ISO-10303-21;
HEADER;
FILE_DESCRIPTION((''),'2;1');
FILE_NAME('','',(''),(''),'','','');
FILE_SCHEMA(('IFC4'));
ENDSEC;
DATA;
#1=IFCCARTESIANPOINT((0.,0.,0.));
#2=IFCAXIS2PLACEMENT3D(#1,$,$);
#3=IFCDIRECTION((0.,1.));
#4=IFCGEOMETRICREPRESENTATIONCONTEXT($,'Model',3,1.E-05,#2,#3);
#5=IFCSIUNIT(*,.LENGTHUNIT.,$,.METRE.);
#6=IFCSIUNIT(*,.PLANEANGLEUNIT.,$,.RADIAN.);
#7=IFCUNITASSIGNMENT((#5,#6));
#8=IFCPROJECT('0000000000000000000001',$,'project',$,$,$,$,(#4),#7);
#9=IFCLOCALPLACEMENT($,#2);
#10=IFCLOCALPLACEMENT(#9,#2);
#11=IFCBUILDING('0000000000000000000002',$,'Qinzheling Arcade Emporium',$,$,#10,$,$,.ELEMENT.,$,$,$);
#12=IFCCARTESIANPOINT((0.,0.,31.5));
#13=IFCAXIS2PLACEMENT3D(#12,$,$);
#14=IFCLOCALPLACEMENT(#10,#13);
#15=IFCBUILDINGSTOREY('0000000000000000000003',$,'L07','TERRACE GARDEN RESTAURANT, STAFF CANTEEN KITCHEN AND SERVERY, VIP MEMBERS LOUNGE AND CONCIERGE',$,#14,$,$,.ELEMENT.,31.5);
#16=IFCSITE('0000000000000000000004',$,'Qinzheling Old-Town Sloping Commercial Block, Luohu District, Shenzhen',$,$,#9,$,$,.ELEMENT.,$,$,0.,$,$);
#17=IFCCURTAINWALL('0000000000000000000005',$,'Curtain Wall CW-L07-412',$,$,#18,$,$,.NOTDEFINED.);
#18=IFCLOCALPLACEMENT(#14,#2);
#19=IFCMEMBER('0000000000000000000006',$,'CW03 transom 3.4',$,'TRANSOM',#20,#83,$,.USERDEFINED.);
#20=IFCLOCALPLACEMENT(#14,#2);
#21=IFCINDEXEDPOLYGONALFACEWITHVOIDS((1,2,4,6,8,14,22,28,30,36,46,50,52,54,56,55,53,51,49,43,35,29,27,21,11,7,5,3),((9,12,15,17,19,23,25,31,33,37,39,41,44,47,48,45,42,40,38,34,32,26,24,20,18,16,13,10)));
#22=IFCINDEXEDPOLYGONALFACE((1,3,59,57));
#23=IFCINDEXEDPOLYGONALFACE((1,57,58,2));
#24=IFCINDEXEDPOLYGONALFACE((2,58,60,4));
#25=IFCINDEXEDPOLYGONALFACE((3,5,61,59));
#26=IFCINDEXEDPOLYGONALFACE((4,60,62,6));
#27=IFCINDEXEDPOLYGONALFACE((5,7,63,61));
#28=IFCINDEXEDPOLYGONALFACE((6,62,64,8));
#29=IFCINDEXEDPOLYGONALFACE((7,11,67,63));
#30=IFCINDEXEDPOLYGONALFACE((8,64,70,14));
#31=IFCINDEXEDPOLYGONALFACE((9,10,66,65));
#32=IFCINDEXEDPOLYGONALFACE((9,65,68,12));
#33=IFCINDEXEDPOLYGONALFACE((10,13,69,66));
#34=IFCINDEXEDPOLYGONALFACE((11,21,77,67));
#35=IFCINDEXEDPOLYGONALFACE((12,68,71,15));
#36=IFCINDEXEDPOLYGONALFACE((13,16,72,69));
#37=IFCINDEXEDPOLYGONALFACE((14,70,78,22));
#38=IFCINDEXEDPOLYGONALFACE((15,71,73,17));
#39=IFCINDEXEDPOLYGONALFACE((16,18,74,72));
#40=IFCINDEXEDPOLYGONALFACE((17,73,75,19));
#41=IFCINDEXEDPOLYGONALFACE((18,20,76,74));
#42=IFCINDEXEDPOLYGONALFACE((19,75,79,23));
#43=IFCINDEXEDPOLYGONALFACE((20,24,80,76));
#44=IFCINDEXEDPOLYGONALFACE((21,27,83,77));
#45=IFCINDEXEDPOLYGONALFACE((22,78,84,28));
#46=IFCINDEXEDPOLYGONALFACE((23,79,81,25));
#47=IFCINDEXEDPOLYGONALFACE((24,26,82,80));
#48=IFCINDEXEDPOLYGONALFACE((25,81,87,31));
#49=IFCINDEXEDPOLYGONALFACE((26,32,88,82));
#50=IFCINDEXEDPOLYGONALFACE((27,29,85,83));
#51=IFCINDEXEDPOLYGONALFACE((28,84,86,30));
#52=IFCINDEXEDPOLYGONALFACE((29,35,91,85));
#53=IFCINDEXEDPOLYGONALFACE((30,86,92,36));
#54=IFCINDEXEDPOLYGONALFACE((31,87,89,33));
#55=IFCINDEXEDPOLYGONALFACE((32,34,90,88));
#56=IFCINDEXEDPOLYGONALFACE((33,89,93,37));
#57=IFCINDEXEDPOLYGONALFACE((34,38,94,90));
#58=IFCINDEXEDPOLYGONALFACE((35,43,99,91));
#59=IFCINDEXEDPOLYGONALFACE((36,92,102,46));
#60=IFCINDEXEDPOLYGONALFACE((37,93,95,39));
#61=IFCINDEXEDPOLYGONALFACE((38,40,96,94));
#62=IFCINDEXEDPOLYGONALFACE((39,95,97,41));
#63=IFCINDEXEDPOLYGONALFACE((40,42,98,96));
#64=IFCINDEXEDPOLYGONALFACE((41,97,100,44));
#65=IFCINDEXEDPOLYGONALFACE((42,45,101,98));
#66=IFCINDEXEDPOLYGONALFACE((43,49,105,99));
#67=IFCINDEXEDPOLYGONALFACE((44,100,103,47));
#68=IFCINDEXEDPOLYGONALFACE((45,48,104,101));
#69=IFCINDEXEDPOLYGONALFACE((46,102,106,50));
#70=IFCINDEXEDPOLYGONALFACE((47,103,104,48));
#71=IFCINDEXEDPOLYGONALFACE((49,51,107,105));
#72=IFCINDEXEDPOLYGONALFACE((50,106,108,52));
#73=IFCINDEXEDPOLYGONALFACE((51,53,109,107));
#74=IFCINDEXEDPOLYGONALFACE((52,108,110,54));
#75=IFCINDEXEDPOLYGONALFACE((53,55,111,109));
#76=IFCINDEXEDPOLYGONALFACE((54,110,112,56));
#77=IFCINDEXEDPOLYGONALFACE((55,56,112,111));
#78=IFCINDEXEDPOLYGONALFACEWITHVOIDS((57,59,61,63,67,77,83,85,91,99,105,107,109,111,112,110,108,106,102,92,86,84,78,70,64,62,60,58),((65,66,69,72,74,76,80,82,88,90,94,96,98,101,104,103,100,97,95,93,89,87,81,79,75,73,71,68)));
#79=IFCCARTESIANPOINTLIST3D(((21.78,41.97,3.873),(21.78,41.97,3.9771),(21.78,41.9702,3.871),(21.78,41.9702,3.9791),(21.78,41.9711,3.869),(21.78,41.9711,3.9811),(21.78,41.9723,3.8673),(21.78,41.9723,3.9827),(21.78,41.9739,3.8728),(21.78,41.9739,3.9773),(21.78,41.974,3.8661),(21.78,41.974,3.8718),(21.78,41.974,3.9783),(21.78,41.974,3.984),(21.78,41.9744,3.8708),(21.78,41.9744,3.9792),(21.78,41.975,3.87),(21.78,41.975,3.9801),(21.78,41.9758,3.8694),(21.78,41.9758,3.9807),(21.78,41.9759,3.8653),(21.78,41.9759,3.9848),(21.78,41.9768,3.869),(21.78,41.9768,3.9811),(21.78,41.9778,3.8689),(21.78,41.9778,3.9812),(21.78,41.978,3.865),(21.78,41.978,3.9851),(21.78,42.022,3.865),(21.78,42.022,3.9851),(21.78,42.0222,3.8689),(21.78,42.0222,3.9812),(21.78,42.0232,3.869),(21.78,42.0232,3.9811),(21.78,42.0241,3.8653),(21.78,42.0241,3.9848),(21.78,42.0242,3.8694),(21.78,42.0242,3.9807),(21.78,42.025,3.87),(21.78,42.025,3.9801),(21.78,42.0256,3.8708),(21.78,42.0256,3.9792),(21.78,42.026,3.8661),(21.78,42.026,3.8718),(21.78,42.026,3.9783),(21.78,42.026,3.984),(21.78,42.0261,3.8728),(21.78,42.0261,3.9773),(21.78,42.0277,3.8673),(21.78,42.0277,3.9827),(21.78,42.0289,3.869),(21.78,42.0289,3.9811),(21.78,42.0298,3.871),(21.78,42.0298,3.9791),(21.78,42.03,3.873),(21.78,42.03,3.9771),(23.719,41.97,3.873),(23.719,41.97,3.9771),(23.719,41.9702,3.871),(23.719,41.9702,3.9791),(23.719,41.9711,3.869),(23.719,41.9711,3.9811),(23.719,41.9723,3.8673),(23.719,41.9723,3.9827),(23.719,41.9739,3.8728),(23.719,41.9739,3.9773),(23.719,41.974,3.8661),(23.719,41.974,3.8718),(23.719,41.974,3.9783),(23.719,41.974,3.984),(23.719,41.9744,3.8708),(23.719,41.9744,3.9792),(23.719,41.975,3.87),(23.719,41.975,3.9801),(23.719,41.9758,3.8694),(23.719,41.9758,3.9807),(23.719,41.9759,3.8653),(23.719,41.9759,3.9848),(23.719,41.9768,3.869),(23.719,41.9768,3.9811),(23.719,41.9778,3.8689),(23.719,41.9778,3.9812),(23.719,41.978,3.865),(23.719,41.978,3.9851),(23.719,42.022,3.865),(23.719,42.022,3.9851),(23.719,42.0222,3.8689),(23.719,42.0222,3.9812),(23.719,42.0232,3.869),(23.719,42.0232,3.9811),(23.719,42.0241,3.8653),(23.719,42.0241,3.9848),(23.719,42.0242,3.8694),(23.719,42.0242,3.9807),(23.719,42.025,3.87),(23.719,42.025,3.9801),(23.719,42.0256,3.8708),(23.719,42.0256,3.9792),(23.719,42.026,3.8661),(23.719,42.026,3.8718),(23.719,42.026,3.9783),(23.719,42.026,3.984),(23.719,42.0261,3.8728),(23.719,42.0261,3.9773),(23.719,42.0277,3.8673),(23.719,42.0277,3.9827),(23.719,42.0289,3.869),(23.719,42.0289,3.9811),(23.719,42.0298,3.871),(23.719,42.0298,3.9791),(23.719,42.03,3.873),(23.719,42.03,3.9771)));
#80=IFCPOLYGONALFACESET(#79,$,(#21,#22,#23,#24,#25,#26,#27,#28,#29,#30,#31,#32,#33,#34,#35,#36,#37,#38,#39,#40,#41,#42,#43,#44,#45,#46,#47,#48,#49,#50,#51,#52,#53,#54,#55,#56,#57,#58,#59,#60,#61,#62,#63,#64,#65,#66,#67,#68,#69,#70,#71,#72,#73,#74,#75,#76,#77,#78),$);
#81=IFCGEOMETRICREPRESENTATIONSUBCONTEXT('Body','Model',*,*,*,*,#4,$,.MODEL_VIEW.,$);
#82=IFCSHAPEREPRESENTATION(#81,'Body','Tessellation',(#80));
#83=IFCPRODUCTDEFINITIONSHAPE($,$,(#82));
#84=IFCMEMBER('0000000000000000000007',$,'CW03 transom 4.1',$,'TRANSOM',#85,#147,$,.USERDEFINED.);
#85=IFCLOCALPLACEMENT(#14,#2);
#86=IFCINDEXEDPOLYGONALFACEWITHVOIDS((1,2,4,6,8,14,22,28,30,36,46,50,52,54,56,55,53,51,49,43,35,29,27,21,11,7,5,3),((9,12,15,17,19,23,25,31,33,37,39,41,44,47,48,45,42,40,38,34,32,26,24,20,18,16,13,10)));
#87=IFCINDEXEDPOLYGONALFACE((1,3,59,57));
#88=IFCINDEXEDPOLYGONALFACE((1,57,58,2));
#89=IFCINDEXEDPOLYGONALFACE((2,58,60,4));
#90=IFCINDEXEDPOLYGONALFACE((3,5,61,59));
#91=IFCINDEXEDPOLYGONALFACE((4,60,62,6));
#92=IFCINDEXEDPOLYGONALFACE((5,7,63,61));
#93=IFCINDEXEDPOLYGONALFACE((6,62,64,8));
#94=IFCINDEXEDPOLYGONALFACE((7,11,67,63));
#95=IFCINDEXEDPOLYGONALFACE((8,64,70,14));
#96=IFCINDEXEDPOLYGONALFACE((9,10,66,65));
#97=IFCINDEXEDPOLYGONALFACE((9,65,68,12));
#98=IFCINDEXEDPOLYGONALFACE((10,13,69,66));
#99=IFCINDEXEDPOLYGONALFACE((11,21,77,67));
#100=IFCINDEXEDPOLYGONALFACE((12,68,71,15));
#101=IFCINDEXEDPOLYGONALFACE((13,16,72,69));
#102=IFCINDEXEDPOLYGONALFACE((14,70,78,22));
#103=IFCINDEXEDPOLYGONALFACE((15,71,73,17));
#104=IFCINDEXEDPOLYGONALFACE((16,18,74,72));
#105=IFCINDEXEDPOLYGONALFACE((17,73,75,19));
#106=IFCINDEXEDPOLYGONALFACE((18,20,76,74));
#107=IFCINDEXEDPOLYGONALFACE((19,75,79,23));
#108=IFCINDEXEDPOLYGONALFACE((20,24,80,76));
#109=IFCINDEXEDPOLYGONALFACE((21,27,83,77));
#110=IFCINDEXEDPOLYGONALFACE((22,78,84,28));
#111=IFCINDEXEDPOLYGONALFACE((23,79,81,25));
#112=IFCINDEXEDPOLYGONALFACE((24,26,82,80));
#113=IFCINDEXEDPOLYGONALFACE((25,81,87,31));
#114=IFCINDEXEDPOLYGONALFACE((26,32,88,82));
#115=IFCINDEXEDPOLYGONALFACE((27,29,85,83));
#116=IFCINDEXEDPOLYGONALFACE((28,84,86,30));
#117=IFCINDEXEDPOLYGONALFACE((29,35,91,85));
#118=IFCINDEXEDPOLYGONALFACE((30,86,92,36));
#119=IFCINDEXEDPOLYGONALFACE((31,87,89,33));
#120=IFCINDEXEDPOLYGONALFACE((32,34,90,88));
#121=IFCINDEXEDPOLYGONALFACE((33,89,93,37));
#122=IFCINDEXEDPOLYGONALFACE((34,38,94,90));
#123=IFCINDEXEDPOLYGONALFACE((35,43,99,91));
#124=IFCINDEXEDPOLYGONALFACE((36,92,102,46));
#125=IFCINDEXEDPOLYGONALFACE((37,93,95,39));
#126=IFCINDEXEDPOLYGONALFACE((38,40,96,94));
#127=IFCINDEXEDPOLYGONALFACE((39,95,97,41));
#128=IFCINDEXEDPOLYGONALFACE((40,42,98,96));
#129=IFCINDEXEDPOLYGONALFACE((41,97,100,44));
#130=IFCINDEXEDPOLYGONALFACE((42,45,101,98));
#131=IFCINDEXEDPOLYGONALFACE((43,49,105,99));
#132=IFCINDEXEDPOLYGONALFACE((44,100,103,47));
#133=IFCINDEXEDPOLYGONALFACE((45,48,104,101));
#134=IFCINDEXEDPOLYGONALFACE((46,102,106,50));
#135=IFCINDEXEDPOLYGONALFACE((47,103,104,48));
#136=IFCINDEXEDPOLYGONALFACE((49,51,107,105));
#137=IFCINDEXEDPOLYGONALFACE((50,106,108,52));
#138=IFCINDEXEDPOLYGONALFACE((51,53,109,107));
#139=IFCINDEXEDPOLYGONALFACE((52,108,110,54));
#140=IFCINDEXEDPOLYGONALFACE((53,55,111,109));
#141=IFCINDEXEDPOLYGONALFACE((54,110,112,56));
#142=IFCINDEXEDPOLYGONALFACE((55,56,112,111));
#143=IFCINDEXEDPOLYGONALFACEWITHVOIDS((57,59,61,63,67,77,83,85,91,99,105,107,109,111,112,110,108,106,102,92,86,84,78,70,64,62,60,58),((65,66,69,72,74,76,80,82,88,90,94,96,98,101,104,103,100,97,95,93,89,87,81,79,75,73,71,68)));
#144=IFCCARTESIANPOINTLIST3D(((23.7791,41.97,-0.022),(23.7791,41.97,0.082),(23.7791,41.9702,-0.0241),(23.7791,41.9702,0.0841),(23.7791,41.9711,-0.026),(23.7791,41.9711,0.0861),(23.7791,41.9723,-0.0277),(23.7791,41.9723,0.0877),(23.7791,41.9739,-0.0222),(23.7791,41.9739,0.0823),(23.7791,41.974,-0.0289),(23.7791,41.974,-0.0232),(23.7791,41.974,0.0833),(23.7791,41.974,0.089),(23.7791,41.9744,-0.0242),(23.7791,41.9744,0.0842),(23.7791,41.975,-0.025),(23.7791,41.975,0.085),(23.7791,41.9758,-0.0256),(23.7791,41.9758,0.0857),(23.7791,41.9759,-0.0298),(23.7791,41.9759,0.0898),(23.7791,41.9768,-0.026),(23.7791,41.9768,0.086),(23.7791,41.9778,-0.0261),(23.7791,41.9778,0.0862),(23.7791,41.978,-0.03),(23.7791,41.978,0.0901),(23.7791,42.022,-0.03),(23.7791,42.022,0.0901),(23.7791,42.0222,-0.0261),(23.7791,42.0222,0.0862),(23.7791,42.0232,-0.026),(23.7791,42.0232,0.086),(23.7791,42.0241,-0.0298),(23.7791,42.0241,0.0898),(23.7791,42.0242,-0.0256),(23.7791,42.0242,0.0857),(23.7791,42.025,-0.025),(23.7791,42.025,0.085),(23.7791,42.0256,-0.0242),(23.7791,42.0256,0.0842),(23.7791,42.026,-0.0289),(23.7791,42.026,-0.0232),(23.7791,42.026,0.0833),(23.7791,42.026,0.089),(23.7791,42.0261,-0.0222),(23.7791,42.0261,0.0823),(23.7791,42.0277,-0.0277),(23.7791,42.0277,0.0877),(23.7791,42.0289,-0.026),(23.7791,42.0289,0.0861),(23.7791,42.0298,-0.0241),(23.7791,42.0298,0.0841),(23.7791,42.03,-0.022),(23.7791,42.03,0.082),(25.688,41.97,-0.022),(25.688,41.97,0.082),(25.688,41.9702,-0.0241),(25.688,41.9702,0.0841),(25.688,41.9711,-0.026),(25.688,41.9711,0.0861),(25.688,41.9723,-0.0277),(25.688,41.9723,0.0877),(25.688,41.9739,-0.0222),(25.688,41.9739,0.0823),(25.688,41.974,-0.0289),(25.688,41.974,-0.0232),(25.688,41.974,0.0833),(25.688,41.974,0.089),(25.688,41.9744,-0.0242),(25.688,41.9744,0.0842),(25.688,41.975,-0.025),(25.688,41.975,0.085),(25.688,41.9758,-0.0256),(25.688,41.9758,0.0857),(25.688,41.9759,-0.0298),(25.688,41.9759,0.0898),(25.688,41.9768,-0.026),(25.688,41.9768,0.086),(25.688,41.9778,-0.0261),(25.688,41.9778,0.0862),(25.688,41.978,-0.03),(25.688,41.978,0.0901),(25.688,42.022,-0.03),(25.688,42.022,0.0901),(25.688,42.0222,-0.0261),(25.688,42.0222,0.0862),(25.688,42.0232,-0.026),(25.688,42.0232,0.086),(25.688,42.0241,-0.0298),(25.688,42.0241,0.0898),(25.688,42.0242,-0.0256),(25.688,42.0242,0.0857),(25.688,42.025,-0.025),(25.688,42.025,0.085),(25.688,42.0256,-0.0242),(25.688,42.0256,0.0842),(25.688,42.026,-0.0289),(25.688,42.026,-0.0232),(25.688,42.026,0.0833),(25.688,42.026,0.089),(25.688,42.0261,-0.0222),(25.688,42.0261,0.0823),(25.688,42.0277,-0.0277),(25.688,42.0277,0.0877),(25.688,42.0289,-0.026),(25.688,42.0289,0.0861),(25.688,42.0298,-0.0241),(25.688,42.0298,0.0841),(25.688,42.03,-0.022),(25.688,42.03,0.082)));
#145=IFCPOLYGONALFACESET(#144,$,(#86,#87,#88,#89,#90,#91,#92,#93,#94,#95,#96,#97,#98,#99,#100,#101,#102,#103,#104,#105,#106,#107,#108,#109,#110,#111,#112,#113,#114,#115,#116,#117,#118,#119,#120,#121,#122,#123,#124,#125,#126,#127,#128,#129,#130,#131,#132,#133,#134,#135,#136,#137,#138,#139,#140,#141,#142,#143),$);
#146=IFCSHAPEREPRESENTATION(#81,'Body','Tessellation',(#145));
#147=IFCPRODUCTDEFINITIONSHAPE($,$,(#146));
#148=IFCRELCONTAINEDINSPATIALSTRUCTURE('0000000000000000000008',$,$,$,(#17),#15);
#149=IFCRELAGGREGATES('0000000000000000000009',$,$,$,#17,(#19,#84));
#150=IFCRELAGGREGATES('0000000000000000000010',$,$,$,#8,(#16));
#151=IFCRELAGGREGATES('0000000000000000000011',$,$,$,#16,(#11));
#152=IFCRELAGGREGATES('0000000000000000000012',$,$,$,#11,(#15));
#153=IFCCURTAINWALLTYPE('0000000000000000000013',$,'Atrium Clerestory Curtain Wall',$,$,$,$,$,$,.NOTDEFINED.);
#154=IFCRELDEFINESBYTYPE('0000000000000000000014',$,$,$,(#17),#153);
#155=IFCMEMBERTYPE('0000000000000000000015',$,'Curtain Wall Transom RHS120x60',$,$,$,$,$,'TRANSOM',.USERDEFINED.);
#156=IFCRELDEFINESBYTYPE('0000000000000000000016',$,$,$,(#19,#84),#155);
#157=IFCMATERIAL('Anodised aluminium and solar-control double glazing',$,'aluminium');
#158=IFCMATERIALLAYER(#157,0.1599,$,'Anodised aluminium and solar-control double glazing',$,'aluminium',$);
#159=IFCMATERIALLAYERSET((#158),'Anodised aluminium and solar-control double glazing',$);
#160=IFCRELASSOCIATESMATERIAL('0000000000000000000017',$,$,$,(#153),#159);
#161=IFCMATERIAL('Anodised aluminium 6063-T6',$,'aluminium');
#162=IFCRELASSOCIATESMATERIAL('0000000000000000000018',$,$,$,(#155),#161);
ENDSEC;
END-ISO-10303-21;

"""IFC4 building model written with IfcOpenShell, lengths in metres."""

from ifc_helpers import new_model, si_unit, direction, frame, origin, origin_2d, place, context, subcontext, project, spatial, hollow_rectangle, extrude, material, layer, layer_set, material_profile, profile_set, type_object, element, aggregate, save


model = new_model("IFC4")

# Units and contexts
model_context = context("Model", 3, precision=1e-05, world=origin(), true_north=direction((0.0, 1.0)))
body_context = subcontext(model_context, "Body", "Model", "MODEL_VIEW")
ifc_project = project(units=[si_unit("LENGTHUNIT", "METRE"), si_unit("PLANEANGLEUNIT", "RADIAN")], contexts=[model_context])

# Site, building, storey
site_placement = place(None, origin())
site = spatial("IfcSite", under=ifc_project, at=site_placement, Name="Qinzheling Old-Town Sloping Commercial Block, Luohu District, Shenzhen", CompositionType="ELEMENT", RefElevation=0.0)
building_placement = place(site_placement, origin())
building = spatial("IfcBuilding", under=site, at=building_placement, Name="Qinzheling Arcade Emporium", CompositionType="ELEMENT")
storey_placement = place(building_placement, frame((0.0, 0.0, 31.5)))
storey = spatial("IfcBuildingStorey", under=building, at=storey_placement, Name="L07", Description="TERRACE GARDEN RESTAURANT, STAFF CANTEEN KITCHEN AND SERVERY, VIP MEMBERS LOUNGE AND CONCIERGE", CompositionType="ELEMENT", Elevation=31.5)

# Curtain wall, members
ifc_material_1 = material(Name="Anodised aluminium and solar-control double glazing", Category="aluminium")
ifc_layer_1 = layer(ifc_material_1, 0.1599, Name="Anodised aluminium and solar-control double glazing", Category="aluminium")
ifc_layer_set_1 = layer_set([ifc_layer_1], Name="Anodised aluminium and solar-control double glazing")
curtain_wall_type = type_object("IfcCurtainWallType", Name="Atrium Clerestory Curtain Wall", PredefinedType="NOTDEFINED", material=ifc_layer_set_1)
curtain_wall_placement = place(storey_placement, origin())
curtain_wall = element("IfcCurtainWall", 1, at=curtain_wall_placement, inside=storey, type_object=curtain_wall_type, Name="Curtain Wall CW-L07-412", PredefinedType="NOTDEFINED")
ifc_material_2 = material(Name="Anodised aluminium 6063-T6", Category="aluminium")
ifc_material_profile_1 = material_profile(ifc_material_2, hollow_rectangle(XDim=0.0601, YDim=0.1201, WallThickness=0.0039, InnerFilletRadius=0.0039, OuterFilletRadius=0.0081, at=origin_2d()), Name="RHS 120x60x4", Category="aluminium")
ifc_profile_set_1 = profile_set([ifc_material_profile_1], Name="Anodised aluminium 6063-T6")
member_type_1 = type_object("IfcMemberType", Name="Curtain Wall Transom RHS120x60", ElementType="TRANSOM", PredefinedType="USERDEFINED", material=ifc_profile_set_1)
member_1_placement = place(storey_placement, frame((21.78, 42.0, 3.925), z_axis=(1.0, 0.0, 0.0), x_axis=(0.0, 1.0, 0.0)))
member_1 = element("IfcMember", 2, at=member_1_placement, type_object=member_type_1, Name="CW03 transom 3.4", ObjectType="TRANSOM", PredefinedType="USERDEFINED", context=body_context, shape_type="SweptSolid", body=[
    extrude(hollow_rectangle(XDim=0.0601, YDim=0.1201, WallThickness=0.0039, InnerFilletRadius=0.0039, OuterFilletRadius=0.0081, at=origin_2d()), origin(), (0.0, 0.0, 1.0), 1.939),
])
member_2_placement = place(storey_placement, frame((23.7791, 42.0, 0.03), z_axis=(1.0, 0.0, 0.0), x_axis=(0.0, 1.0, 0.0)))
member_2 = element("IfcMember", 3, at=member_2_placement, type_object=member_type_1, Name="CW03 transom 4.1", ObjectType="TRANSOM", PredefinedType="USERDEFINED", context=body_context, shape_type="SweptSolid", body=[
    extrude(hollow_rectangle(XDim=0.0601, YDim=0.1201, WallThickness=0.0039, InnerFilletRadius=0.0039, OuterFilletRadius=0.0081, at=origin_2d()), origin(), (0.0, 0.0, 1.0), 1.9089),
])
aggregate(curtain_wall, [member_1, member_2])

save(model, "model.ifc")
